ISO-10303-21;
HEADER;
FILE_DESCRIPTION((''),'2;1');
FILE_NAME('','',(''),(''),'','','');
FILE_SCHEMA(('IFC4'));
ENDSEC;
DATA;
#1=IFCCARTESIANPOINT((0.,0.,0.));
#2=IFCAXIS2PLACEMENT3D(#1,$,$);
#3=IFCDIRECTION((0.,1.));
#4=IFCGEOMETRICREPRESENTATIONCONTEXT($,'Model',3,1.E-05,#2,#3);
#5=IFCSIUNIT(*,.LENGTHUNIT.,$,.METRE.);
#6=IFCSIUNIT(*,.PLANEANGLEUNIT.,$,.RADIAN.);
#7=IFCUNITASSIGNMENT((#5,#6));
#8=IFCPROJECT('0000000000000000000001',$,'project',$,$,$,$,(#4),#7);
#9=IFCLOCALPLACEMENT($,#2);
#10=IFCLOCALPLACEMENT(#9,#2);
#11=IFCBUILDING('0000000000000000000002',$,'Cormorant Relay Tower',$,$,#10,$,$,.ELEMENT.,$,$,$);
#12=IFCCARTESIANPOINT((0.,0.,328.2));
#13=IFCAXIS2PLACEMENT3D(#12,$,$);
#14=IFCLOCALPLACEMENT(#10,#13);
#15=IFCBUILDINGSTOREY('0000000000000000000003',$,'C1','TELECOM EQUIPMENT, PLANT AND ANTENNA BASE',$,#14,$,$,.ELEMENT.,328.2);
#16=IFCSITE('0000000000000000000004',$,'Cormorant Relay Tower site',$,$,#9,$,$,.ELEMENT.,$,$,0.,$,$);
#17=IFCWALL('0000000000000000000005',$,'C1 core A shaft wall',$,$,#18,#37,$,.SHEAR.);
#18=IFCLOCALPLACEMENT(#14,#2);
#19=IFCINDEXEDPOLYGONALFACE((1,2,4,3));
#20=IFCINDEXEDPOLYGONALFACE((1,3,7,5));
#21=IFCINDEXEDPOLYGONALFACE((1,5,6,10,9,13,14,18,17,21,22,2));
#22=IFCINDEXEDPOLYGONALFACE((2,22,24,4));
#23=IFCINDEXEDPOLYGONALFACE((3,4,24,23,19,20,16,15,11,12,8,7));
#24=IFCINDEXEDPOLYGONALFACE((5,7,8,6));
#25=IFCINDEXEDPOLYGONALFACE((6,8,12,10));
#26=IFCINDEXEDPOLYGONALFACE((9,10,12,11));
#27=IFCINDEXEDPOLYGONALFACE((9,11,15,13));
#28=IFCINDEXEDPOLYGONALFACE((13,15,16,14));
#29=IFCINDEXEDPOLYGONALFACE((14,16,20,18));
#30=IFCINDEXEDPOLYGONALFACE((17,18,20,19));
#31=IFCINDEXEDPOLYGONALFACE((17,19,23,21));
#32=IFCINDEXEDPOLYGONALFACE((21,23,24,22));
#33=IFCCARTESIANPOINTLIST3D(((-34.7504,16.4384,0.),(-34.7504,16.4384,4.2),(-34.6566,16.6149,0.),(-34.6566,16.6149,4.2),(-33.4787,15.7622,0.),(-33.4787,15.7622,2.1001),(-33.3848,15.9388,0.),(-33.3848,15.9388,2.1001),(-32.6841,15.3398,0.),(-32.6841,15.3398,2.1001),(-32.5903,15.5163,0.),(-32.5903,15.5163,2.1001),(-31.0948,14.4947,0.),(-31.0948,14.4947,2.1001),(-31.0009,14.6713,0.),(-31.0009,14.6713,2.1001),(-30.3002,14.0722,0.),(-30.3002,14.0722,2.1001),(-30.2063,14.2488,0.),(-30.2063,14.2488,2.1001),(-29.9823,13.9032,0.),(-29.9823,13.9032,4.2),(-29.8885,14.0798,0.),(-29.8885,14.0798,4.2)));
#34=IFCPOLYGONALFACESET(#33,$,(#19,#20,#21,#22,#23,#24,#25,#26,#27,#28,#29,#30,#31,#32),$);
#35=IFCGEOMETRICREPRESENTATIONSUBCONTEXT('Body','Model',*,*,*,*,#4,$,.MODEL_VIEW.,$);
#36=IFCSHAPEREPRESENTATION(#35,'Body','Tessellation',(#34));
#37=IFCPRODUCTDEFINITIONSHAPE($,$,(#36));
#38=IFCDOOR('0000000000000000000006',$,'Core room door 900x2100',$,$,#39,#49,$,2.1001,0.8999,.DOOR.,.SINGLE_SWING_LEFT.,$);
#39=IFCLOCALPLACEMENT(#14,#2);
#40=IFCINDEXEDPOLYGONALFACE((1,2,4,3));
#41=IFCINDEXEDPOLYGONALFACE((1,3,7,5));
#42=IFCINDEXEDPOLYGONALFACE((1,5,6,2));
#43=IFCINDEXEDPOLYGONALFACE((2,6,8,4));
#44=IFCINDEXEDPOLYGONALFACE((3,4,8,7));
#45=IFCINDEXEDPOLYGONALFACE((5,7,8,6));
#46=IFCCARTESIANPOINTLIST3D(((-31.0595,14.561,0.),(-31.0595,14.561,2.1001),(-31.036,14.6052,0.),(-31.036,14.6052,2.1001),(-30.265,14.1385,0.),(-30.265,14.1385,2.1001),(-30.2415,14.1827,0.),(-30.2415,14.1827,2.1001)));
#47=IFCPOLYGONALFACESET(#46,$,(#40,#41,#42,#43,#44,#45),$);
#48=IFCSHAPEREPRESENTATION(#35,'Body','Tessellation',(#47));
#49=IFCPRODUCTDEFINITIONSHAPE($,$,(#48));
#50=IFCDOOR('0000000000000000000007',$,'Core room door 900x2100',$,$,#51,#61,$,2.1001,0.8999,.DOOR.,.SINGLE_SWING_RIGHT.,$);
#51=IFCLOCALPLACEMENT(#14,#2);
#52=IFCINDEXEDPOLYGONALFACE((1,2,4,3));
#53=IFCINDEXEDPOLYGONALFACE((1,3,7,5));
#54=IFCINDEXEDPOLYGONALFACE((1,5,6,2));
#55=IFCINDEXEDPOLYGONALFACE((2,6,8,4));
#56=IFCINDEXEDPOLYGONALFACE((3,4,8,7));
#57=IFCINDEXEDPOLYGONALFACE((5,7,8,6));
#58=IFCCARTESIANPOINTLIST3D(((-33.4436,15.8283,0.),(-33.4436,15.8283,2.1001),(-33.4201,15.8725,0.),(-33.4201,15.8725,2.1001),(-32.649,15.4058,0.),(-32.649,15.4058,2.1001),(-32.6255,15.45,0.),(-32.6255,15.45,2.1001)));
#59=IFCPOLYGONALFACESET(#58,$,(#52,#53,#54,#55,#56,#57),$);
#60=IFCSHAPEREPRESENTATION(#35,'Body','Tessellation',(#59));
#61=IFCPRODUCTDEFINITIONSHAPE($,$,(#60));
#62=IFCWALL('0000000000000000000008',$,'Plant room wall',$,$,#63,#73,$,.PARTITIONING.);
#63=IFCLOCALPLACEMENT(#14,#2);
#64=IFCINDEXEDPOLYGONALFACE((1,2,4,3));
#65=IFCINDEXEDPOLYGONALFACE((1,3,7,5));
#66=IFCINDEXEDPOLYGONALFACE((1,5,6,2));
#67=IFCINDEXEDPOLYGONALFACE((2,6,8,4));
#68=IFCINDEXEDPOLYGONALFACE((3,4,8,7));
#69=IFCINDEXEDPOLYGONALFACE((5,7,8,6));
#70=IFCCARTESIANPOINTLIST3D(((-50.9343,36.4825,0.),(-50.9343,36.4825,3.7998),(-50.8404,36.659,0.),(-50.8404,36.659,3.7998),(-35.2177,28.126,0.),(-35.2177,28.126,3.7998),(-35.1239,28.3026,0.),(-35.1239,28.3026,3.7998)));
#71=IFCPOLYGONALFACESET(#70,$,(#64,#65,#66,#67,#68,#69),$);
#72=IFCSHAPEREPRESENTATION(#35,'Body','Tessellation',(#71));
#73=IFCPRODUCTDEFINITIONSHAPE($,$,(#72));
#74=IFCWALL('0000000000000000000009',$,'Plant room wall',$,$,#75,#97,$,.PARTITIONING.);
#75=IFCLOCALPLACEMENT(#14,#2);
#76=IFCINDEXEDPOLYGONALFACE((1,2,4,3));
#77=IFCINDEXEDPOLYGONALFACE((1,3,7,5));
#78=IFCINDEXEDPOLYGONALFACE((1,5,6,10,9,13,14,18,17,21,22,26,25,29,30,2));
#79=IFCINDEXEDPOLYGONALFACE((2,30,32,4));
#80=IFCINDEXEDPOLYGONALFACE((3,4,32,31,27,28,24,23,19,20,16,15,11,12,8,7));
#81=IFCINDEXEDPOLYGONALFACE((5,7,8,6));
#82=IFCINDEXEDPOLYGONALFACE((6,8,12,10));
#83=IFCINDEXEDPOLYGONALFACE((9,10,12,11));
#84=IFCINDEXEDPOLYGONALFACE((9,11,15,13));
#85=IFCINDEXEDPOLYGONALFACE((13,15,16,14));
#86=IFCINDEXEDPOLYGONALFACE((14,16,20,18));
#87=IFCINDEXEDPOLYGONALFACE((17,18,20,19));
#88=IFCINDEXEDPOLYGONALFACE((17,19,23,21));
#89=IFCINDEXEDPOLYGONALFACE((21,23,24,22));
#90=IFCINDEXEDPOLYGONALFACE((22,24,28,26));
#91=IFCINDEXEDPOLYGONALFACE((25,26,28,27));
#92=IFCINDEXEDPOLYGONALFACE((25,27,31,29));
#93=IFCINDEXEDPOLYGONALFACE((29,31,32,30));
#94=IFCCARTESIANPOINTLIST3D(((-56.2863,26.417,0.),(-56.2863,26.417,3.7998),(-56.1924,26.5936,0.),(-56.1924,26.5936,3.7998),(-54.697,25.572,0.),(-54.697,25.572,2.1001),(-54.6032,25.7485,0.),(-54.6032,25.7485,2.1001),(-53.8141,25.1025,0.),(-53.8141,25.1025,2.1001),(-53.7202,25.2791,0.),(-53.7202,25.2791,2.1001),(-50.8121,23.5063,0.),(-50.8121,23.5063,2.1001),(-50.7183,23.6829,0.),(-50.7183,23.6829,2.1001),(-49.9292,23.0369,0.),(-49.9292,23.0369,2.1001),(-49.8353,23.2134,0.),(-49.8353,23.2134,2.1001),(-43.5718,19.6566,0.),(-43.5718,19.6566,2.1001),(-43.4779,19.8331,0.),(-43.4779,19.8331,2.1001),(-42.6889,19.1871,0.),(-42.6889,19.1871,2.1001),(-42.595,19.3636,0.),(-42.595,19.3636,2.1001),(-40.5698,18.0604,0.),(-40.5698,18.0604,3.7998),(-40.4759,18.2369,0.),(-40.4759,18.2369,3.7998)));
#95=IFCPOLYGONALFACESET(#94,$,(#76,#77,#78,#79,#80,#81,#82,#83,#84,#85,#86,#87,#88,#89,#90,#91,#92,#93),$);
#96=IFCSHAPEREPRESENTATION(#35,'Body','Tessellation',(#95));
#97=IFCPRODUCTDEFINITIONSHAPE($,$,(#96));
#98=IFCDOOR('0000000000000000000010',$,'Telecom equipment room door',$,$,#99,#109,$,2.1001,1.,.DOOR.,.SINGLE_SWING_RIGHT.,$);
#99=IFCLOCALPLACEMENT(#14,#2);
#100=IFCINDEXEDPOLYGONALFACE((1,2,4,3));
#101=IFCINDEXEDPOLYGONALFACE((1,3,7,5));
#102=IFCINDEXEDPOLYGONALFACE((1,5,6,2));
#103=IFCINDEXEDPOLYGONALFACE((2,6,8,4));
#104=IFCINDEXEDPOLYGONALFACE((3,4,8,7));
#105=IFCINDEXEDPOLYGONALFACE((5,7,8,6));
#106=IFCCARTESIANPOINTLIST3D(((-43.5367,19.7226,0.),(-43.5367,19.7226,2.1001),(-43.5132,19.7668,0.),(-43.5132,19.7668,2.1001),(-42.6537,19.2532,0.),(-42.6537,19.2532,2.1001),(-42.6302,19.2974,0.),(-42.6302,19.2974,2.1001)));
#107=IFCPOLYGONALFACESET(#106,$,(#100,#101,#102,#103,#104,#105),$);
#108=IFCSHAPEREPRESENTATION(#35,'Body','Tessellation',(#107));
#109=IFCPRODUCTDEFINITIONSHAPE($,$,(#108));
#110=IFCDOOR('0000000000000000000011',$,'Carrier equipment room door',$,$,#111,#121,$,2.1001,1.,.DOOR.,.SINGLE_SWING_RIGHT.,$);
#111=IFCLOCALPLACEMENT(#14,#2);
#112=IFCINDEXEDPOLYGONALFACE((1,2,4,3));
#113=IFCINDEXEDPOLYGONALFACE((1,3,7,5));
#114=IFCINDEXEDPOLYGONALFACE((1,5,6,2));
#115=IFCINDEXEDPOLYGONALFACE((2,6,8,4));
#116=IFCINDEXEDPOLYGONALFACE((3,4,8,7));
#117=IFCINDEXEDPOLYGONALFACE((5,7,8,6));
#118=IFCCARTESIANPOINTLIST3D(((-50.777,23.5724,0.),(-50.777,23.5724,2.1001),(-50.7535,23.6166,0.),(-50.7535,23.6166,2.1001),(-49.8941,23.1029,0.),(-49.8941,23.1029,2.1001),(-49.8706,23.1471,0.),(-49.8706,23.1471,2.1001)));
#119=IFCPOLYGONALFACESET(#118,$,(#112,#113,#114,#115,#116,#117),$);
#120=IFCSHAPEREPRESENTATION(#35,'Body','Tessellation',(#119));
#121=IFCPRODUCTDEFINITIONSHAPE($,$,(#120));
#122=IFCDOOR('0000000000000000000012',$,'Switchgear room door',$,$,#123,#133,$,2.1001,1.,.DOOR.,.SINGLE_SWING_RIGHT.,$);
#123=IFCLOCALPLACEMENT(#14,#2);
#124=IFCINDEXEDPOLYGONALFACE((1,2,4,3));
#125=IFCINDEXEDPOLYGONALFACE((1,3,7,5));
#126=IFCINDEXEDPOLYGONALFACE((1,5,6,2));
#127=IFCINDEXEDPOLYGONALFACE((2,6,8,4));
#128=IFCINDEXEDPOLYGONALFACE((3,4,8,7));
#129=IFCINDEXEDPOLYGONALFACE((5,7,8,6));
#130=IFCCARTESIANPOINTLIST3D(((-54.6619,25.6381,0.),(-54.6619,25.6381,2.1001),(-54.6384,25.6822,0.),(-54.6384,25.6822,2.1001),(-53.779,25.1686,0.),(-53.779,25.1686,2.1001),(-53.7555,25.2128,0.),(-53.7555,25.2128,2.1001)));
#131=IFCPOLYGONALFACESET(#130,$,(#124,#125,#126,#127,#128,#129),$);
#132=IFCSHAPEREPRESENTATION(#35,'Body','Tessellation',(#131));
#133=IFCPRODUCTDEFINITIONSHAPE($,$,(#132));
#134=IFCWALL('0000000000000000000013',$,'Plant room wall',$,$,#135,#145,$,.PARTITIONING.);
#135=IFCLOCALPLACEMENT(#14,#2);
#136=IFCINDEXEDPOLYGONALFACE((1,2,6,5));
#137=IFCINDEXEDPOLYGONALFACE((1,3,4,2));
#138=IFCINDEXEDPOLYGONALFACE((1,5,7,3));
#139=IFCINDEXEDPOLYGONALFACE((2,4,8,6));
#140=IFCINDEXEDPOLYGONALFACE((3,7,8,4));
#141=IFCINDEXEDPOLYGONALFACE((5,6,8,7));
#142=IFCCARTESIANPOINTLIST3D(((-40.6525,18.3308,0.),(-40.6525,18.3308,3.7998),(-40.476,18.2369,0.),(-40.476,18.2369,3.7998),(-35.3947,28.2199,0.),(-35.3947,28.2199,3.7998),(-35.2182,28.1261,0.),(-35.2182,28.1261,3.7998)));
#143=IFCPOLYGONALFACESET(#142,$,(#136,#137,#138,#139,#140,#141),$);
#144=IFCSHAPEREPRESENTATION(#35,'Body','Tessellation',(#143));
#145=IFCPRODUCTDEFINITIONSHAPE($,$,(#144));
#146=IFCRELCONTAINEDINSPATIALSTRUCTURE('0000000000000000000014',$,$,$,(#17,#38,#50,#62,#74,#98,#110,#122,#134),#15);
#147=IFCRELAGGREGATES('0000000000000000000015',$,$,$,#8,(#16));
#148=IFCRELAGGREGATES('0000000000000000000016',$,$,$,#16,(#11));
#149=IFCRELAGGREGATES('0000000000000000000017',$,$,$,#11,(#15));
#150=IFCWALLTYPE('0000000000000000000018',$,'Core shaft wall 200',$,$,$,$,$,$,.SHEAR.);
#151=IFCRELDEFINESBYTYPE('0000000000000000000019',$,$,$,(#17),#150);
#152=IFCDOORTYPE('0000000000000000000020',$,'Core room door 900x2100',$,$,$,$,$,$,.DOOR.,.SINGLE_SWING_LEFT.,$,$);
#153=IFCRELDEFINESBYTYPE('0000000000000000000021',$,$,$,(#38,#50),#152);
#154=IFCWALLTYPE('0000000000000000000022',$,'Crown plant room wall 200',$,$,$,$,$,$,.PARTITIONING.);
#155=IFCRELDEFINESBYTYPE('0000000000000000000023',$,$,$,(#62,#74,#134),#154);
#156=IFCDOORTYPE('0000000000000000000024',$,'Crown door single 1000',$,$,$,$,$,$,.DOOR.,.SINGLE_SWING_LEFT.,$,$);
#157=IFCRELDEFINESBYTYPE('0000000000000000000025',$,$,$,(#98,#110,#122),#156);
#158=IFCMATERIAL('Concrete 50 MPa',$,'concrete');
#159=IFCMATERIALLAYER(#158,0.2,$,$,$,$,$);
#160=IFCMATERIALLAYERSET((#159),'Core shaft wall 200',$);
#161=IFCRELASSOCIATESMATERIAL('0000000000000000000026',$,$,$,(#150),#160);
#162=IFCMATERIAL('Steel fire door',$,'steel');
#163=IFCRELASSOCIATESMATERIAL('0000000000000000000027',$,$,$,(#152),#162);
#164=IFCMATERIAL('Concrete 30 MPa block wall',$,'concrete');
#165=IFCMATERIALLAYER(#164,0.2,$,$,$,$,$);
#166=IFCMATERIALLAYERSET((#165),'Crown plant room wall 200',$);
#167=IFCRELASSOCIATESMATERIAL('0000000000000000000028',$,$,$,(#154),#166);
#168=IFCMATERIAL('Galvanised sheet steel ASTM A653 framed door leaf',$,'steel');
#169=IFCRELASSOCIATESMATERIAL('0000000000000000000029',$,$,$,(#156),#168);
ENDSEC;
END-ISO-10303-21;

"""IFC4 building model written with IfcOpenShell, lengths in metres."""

from ifc_helpers import new_model, si_unit, direction, frame, frame_2d, origin, place, context, subcontext, project, spatial, rectangle, extrude, material, layer, layer_set, type_object, element, fill, save


model = new_model("IFC4")

# Units and contexts
model_context = context("Model", 3, precision=1e-05, world=origin(), true_north=direction((0.0, 1.0)))
body_context = subcontext(model_context, "Body", "Model", "MODEL_VIEW")
ifc_project = project(units=[si_unit("LENGTHUNIT", "METRE"), si_unit("PLANEANGLEUNIT", "RADIAN")], contexts=[model_context])

# Site, building, storey
site_placement = place(None, origin())
site = spatial("IfcSite", under=ifc_project, at=site_placement, Name="Cormorant Relay Tower site", CompositionType="ELEMENT", RefElevation=0.0)
building_placement = place(site_placement, origin())
building = spatial("IfcBuilding", under=site, at=building_placement, Name="Cormorant Relay Tower", CompositionType="ELEMENT")
storey_placement = place(building_placement, frame((0.0, 0.0, 328.2)))
storey = spatial("IfcBuildingStorey", under=building, at=storey_placement, Name="C1", Description="TELECOM EQUIPMENT, PLANT AND ANTENNA BASE", CompositionType="ELEMENT", Elevation=328.2)

# Shared definitions
ifc_material_1 = material(Name="Concrete 50 MPa", Category="concrete")
ifc_layer_1 = layer(ifc_material_1, 0.2)
ifc_layer_set_1 = layer_set([ifc_layer_1], Name="Core shaft wall 200")
wall_type_1 = type_object("IfcWallType", Name="Core shaft wall 200", PredefinedType="SHEAR", material=ifc_layer_set_1)

# Wall, openings, doors
wall_1_placement = place(storey_placement, frame((-29.9353, 13.9915, 0.0), z_axis=(0.0, 0.0, 1.0), x_axis=(-0.882953, 0.469462, 0.0)))
wall_1 = element("IfcWall", 1, at=wall_1_placement, inside=storey, type_object=wall_type_1, Name="C1 core A shaft wall", PredefinedType="SHEAR", context=body_context, shape_type="SweptSolid", body=[
    extrude(rectangle(XDim=5.4001, YDim=0.2, at=frame_2d((2.7002, 0.0))), origin(), (0.0, 0.0, 1.0), 4.2),
])
opening_1_placement = place(wall_1_placement, frame((0.3601, 0.0, 0.0)))
opening_1 = element("IfcOpeningElement", 2, at=opening_1_placement, cuts=wall_1, PredefinedType="OPENING", context=body_context, shape_type="SweptSolid", body=[
    extrude(rectangle(XDim=0.8999, YDim=2.1001, at=frame_2d((0.45, 1.05))), frame((0.0, 0.1099, 0.0), z_axis=(0.0, -1.0, 0.0), x_axis=(1.0, 0.0, 0.0)), (0.0, 0.0, 1.0), 0.22),
])
opening_2_placement = place(wall_1_placement, frame((3.0601, 0.0, 0.0)))
opening_2 = element("IfcOpeningElement", 3, at=opening_2_placement, cuts=wall_1, PredefinedType="OPENING", context=body_context, shape_type="SweptSolid", body=[
    extrude(rectangle(XDim=0.8999, YDim=2.1001, at=frame_2d((0.45, 1.05))), frame((0.0, 0.1099, 0.0), z_axis=(0.0, -1.0, 0.0), x_axis=(1.0, 0.0, 0.0)), (0.0, 0.0, 1.0), 0.22),
])
ifc_material_2 = material(Name="Steel fire door", Category="steel")
door_type_1 = type_object("IfcDoorType", Name="Core room door 900x2100", OperationType="SINGLE_SWING_LEFT", PredefinedType="DOOR", material=ifc_material_2)
door_1_placement = place(opening_1_placement, origin())
door_1 = element("IfcDoor", 4, at=door_1_placement, inside=storey, type_object=door_type_1, Name="Core room door 900x2100", OperationType="SINGLE_SWING_LEFT", OverallHeight=2.1001, OverallWidth=0.8999, PredefinedType="DOOR", context=body_context, shape_type="SweptSolid", body=[
    extrude(rectangle(XDim=0.8999, YDim=2.1001, at=frame_2d((0.45, 1.05))), frame((0.0, 0.0249, 0.0), z_axis=(0.0, -1.0, 0.0), x_axis=(1.0, 0.0, 0.0)), (0.0, 0.0, 1.0), 0.05),
])
fill(opening_1, door_1)
door_2_placement = place(opening_2_placement, frame((0.8999, 0.0, 0.0), z_axis=(0.0, 0.0, 1.0), x_axis=(-1.0, 0.0, 0.0)))
door_2 = element("IfcDoor", 5, at=door_2_placement, inside=storey, type_object=door_type_1, Name="Core room door 900x2100", OperationType="SINGLE_SWING_RIGHT", OverallHeight=2.1001, OverallWidth=0.8999, PredefinedType="DOOR", context=body_context, shape_type="SweptSolid", body=[
    extrude(rectangle(XDim=0.8999, YDim=2.1001, at=frame_2d((0.45, 1.05))), frame((0.0, 0.0249, 0.0), z_axis=(0.0, -1.0, 0.0), x_axis=(1.0, 0.0, 0.0)), (0.0, 0.0, 1.0), 0.05),
])
fill(opening_2, door_2)

# Wall
ifc_material_3 = material(Name="Concrete 30 MPa block wall", Category="concrete")
ifc_layer_2 = layer(ifc_material_3, 0.2)
ifc_layer_set_2 = layer_set([ifc_layer_2], Name="Crown plant room wall 200")
wall_type_2 = type_object("IfcWallType", Name="Crown plant room wall 200", PredefinedType="PARTITIONING", material=ifc_layer_set_2)
wall_2_placement = place(storey_placement, frame((-35.1709, 28.2144, 0.0), z_axis=(0.0, 0.0, 1.0), x_axis=(-0.882952, 0.469463, 0.0)))
element("IfcWall", 6, at=wall_2_placement, inside=storey, type_object=wall_type_2, Name="Plant room wall", PredefinedType="PARTITIONING", context=body_context, shape_type="SweptSolid", body=[
    extrude(rectangle(XDim=17.8, YDim=0.2, at=frame_2d((8.8999, 0.0))), origin(), (0.0, 0.0, 1.0), 3.7998),
])

# Wall, openings, doors
wall_3_placement = place(storey_placement, frame((-40.5229, 18.1487, 0.0), z_axis=(0.0, 0.0, 1.0), x_axis=(-0.882946, 0.469474, 0.0)))
wall_3 = element("IfcWall", 7, at=wall_3_placement, inside=storey, type_object=wall_type_2, Name="Plant room wall", PredefinedType="PARTITIONING", context=body_context, shape_type="SweptSolid", body=[
    extrude(rectangle(XDim=17.8, YDim=0.2, at=frame_2d((8.8999, 0.0))), origin(), (0.0, 0.0, 1.0), 3.7998),
])
opening_3_placement = place(wall_3_placement, frame((2.3999, 0.0, 0.0)))
opening_3 = element("IfcOpeningElement", 8, at=opening_3_placement, cuts=wall_3, PredefinedType="OPENING", context=body_context, shape_type="SweptSolid", body=[
    extrude(rectangle(XDim=1.0, YDim=2.1001, at=frame_2d((0.5, 1.05))), frame((0.0, 0.1099, 0.0), z_axis=(0.0, -1.0, 0.0), x_axis=(1.0, 0.0, 0.0)), (0.0, 0.0, 1.0), 0.22),
])
opening_4_placement = place(wall_3_placement, frame((10.6001, 0.0, 0.0)))
opening_4 = element("IfcOpeningElement", 9, at=opening_4_placement, cuts=wall_3, PredefinedType="OPENING", context=body_context, shape_type="SweptSolid", body=[
    extrude(rectangle(XDim=1.0, YDim=2.1001, at=frame_2d((0.5, 1.05))), frame((0.0, 0.1099, 0.0), z_axis=(0.0, -1.0, 0.0), x_axis=(1.0, 0.0, 0.0)), (0.0, 0.0, 1.0), 0.22),
])
opening_5_placement = place(wall_3_placement, frame((15.0, 0.0, 0.0)))
opening_5 = element("IfcOpeningElement", 10, at=opening_5_placement, cuts=wall_3, PredefinedType="OPENING", context=body_context, shape_type="SweptSolid", body=[
    extrude(rectangle(XDim=1.0, YDim=2.1001, at=frame_2d((0.5, 1.05))), frame((0.0, 0.1099, 0.0), z_axis=(0.0, -1.0, 0.0), x_axis=(1.0, 0.0, 0.0)), (0.0, 0.0, 1.0), 0.22),
])
ifc_material_4 = material(Name="Galvanised sheet steel ASTM A653 framed door leaf", Category="steel")
door_type_2 = type_object("IfcDoorType", Name="Crown door single 1000", OperationType="SINGLE_SWING_LEFT", PredefinedType="DOOR", material=ifc_material_4)
door_3_placement = place(opening_3_placement, frame((1.0, 0.0, 0.0), z_axis=(0.0, 0.0, 1.0), x_axis=(-1.0, 0.0, 0.0)))
door_3 = element("IfcDoor", 11, at=door_3_placement, inside=storey, type_object=door_type_2, Name="Telecom equipment room door", OperationType="SINGLE_SWING_RIGHT", OverallHeight=2.1001, OverallWidth=1.0, PredefinedType="DOOR", context=body_context, shape_type="SweptSolid", body=[
    extrude(rectangle(XDim=1.0, YDim=2.1001, at=frame_2d((0.5, 1.05))), frame((0.0, 0.0249, 0.0), z_axis=(0.0, -1.0, 0.0), x_axis=(1.0, 0.0, 0.0)), (0.0, 0.0, 1.0), 0.05),
])
fill(opening_3, door_3)
door_4_placement = place(opening_4_placement, frame((1.0, 0.0, 0.0), z_axis=(0.0, 0.0, 1.0), x_axis=(-1.0, 0.0, 0.0)))
door_4 = element("IfcDoor", 12, at=door_4_placement, inside=storey, type_object=door_type_2, Name="Carrier equipment room door", OperationType="SINGLE_SWING_RIGHT", OverallHeight=2.1001, OverallWidth=1.0, PredefinedType="DOOR", context=body_context, shape_type="SweptSolid", body=[
    extrude(rectangle(XDim=1.0, YDim=2.1001, at=frame_2d((0.5, 1.05))), frame((0.0, 0.0249, 0.0), z_axis=(0.0, -1.0, 0.0), x_axis=(1.0, 0.0, 0.0)), (0.0, 0.0, 1.0), 0.05),
])
fill(opening_4, door_4)
door_5_placement = place(opening_5_placement, frame((1.0, 0.0, 0.0), z_axis=(0.0, 0.0, 1.0), x_axis=(-1.0, 0.0, 0.0)))
door_5 = element("IfcDoor", 13, at=door_5_placement, inside=storey, type_object=door_type_2, Name="Switchgear room door", OperationType="SINGLE_SWING_RIGHT", OverallHeight=2.1001, OverallWidth=1.0, PredefinedType="DOOR", context=body_context, shape_type="SweptSolid", body=[
    extrude(rectangle(XDim=1.0, YDim=2.1001, at=frame_2d((0.5, 1.05))), frame((0.0, 0.0249, 0.0), z_axis=(0.0, -1.0, 0.0), x_axis=(1.0, 0.0, 0.0)), (0.0, 0.0, 1.0), 0.05),
])
fill(opening_5, door_5)

# Wall
wall_4_placement = place(storey_placement, frame((-35.3064, 28.1731, 0.0), z_axis=(0.0, 0.0, 1.0), x_axis=(-0.469447, -0.88296, 0.0)))
element("IfcWall", 14, at=wall_4_placement, inside=storey, type_object=wall_type_2, Name="Plant room wall", PredefinedType="PARTITIONING", context=body_context, shape_type="SweptSolid", body=[
    extrude(rectangle(XDim=11.2, YDim=0.2, at=frame_2d((5.6001, 0.0))), origin(), (0.0, 0.0, 1.0), 3.7998),
])

save(model, "model.ifc")
